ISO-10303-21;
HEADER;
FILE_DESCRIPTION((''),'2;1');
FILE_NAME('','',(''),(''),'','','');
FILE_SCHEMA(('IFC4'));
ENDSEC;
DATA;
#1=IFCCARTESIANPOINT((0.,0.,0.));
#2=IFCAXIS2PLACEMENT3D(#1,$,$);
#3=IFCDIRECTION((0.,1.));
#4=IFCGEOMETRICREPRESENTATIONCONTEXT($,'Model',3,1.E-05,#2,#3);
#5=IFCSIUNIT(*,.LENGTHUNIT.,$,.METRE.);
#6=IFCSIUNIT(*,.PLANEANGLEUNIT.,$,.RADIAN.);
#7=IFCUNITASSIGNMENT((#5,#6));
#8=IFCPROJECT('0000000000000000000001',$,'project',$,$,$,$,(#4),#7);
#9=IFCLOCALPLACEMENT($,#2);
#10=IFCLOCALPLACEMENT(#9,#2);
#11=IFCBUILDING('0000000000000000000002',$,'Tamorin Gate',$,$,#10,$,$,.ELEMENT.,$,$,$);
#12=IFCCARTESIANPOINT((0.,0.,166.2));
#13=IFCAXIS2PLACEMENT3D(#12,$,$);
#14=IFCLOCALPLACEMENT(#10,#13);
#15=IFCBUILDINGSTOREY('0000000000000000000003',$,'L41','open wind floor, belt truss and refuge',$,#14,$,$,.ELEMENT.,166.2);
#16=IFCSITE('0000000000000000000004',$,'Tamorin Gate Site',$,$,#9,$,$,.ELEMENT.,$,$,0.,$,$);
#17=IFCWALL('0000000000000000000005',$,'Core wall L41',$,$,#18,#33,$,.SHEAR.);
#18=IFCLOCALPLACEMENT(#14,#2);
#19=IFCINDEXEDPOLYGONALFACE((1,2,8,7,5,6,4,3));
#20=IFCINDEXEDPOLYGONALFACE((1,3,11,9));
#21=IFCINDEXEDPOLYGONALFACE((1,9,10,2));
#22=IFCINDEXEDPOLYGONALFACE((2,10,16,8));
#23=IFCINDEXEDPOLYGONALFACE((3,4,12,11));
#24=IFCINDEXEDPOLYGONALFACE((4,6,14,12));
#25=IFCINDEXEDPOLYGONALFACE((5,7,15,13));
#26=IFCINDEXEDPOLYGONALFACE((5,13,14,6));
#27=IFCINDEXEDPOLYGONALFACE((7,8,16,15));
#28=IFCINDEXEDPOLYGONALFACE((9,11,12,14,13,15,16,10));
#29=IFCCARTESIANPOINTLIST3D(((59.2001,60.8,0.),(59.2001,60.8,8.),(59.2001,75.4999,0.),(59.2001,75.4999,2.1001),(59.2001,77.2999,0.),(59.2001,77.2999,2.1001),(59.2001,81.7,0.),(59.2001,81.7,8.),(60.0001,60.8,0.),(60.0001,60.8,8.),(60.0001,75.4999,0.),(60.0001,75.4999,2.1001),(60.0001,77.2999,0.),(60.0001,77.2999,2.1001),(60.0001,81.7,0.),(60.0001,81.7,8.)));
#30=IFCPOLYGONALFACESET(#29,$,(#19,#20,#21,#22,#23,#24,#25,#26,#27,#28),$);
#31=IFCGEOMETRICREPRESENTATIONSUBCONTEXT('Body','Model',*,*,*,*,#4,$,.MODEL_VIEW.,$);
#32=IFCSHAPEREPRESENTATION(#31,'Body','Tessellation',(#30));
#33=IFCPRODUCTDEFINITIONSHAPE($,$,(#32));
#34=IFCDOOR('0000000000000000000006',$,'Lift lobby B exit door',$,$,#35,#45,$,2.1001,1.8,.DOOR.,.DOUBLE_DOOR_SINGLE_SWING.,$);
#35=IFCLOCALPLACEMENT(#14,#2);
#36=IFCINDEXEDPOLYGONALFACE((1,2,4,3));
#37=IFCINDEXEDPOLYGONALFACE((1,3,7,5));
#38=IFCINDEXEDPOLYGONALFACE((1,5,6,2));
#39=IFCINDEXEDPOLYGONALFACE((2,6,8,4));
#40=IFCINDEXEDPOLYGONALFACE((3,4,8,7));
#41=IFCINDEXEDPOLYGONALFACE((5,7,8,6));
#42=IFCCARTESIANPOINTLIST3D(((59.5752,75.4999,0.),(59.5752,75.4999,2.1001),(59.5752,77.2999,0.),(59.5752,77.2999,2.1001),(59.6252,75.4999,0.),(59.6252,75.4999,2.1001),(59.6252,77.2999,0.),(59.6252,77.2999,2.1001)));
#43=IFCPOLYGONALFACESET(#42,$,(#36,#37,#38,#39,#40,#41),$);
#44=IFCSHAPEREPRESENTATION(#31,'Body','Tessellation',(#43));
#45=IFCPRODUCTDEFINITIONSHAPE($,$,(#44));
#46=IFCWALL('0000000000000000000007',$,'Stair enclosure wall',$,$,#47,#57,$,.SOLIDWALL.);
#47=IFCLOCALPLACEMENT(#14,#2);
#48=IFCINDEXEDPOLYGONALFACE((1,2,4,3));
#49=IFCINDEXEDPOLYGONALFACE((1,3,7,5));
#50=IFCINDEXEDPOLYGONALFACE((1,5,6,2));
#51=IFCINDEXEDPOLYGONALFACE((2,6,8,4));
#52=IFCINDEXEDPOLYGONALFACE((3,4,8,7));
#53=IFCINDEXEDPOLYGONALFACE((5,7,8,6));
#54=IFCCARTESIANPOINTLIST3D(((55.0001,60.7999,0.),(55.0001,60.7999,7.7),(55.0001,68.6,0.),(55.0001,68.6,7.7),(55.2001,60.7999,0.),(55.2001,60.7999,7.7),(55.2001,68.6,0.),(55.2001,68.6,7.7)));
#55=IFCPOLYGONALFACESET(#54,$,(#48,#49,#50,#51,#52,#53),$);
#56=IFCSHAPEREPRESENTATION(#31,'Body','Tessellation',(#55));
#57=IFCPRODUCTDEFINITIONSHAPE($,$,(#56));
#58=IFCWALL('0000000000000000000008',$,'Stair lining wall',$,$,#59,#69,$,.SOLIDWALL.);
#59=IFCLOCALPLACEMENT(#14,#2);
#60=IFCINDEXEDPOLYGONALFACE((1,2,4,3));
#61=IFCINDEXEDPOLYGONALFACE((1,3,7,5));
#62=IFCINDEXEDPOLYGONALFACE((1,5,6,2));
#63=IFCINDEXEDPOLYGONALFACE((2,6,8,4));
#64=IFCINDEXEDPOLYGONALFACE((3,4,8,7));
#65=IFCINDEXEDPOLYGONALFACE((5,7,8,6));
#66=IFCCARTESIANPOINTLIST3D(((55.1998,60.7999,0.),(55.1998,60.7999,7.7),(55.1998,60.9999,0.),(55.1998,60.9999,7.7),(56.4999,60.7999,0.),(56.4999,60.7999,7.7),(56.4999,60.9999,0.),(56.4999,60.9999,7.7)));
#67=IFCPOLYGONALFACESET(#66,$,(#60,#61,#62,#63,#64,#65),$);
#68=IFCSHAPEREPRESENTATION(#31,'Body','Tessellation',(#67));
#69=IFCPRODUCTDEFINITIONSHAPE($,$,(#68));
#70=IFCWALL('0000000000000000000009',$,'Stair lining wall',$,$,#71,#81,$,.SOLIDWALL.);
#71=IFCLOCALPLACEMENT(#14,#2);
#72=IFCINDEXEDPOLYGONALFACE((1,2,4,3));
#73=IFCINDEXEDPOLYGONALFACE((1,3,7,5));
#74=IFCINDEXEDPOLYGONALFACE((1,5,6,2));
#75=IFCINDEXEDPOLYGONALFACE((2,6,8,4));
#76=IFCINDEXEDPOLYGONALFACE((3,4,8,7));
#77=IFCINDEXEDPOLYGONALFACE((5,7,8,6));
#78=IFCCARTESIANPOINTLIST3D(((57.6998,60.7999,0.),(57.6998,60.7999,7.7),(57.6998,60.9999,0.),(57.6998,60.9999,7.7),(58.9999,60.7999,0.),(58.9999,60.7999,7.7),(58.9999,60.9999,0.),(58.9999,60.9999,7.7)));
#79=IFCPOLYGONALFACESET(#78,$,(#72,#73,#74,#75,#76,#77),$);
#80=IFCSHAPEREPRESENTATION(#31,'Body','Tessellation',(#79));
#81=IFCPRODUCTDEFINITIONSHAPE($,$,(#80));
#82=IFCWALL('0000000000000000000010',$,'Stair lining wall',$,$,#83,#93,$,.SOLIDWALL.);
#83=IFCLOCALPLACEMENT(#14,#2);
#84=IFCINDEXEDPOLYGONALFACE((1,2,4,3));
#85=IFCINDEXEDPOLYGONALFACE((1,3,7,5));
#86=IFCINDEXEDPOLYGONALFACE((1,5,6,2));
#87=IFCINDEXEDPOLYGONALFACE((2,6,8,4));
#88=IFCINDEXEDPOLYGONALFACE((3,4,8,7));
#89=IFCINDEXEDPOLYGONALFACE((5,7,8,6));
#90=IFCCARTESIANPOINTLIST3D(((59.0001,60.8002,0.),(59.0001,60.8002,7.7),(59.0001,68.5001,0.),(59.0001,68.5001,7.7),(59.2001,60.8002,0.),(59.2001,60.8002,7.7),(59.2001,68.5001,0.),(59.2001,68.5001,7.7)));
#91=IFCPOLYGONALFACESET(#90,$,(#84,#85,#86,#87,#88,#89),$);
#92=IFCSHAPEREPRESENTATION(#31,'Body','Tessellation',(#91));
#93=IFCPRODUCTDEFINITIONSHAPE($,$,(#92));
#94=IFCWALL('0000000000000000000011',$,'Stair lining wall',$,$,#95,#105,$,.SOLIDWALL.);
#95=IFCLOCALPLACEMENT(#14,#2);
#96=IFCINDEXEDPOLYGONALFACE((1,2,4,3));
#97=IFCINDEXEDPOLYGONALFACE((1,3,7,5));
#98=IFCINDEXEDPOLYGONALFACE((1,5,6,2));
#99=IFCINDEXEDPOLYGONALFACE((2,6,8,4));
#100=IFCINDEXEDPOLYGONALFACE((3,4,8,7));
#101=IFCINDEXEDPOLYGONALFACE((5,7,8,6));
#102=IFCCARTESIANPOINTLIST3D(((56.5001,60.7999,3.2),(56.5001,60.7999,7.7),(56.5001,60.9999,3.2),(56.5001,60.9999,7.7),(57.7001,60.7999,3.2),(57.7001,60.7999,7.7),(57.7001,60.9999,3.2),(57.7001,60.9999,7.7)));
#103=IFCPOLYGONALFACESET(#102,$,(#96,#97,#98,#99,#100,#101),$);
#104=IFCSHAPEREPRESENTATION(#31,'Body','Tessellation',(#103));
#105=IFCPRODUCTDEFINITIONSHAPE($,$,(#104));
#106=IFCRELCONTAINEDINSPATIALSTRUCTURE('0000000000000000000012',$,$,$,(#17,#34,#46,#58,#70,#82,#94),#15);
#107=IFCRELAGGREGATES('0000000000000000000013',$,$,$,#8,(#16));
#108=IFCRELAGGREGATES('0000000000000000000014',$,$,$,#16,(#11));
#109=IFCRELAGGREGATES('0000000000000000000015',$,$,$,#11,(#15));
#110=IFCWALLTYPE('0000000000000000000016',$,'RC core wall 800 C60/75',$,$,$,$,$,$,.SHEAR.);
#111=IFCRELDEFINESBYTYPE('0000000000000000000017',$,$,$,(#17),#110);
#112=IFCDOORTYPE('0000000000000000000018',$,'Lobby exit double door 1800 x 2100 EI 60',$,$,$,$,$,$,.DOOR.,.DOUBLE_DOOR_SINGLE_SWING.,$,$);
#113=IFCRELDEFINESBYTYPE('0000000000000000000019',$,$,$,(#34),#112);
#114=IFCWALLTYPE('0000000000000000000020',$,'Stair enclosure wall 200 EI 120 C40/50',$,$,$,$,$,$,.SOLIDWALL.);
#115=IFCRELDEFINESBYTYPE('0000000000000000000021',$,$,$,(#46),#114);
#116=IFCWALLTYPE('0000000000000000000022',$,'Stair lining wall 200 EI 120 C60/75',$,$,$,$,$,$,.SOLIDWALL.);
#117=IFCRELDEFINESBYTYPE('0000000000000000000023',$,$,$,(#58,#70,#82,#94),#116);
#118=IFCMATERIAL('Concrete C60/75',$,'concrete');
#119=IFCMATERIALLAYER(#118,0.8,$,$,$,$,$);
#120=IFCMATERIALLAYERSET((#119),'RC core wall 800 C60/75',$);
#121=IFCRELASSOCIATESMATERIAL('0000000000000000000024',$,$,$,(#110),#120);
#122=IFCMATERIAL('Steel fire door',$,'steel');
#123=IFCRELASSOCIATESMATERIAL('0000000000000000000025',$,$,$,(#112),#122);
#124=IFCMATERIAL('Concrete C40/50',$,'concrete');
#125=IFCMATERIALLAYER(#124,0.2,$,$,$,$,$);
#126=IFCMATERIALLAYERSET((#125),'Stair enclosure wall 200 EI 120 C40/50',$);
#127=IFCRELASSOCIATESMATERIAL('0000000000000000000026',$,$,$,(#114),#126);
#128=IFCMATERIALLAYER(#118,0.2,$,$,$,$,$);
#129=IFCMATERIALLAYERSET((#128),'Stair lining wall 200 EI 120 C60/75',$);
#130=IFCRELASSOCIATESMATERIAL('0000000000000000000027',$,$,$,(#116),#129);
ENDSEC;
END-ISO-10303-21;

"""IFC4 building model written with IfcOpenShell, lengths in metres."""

from ifc_helpers import new_model, si_unit, direction, frame, frame_2d, origin, place, context, subcontext, project, spatial, rectangle, extrude, material, layer, layer_set, type_object, element, fill, save


model = new_model("IFC4")

# Units and contexts
model_context = context("Model", 3, precision=1e-05, world=origin(), true_north=direction((0.0, 1.0)))
body_context = subcontext(model_context, "Body", "Model", "MODEL_VIEW")
ifc_project = project(units=[si_unit("LENGTHUNIT", "METRE"), si_unit("PLANEANGLEUNIT", "RADIAN")], contexts=[model_context])

# Site, building, storey
site_placement = place(None, origin())
site = spatial("IfcSite", under=ifc_project, at=site_placement, Name="Tamorin Gate Site", CompositionType="ELEMENT", RefElevation=0.0)
building_placement = place(site_placement, origin())
building = spatial("IfcBuilding", under=site, at=building_placement, Name="Tamorin Gate", CompositionType="ELEMENT")
storey_placement = place(building_placement, frame((0.0, 0.0, 166.2)))
storey = spatial("IfcBuildingStorey", under=building, at=storey_placement, Name="L41", Description="open wind floor, belt truss and refuge", CompositionType="ELEMENT", Elevation=166.2)

# Shared definitions
ifc_material_1 = material(Name="Concrete C60/75", Category="concrete")

# Wall, opening, door
ifc_layer_1 = layer(ifc_material_1, 0.8)
ifc_layer_set_1 = layer_set([ifc_layer_1], Name="RC core wall 800 C60/75")
wall_type_1 = type_object("IfcWallType", Name="RC core wall 800 C60/75", PredefinedType="SHEAR", material=ifc_layer_set_1)
wall_1_placement = place(storey_placement, frame((59.6001, 60.8, 0.0), z_axis=(0.0, 0.0, 1.0), x_axis=(0.0, 1.0, 0.0)))
wall_1 = element("IfcWall", 1, at=wall_1_placement, inside=storey, type_object=wall_type_1, Name="Core wall L41", PredefinedType="SHEAR", context=body_context, shape_type="SweptSolid", body=[
    extrude(rectangle(XDim=20.8999, YDim=0.8, at=frame_2d((10.45, 0.0))), origin(), (0.0, 0.0, 1.0), 8.0),
])
opening_1_placement = place(wall_1_placement, frame((14.7, 0.0, 0.0)))
opening_1 = element("IfcOpeningElement", 2, at=opening_1_placement, cuts=wall_1, PredefinedType="OPENING", context=body_context, shape_type="SweptSolid", body=[
    extrude(rectangle(XDim=1.8, YDim=2.1001, at=frame_2d((0.8999, 1.05))), frame((0.0, 0.4099, 0.0), z_axis=(0.0, -1.0, 0.0), x_axis=(1.0, 0.0, 0.0)), (0.0, 0.0, 1.0), 0.8201),
])
ifc_material_2 = material(Name="Steel fire door", Category="steel")
door_type_1 = type_object("IfcDoorType", Name="Lobby exit double door 1800 x 2100 EI 60", OperationType="DOUBLE_DOOR_SINGLE_SWING", PredefinedType="DOOR", material=ifc_material_2)
door_1_placement = place(opening_1_placement, origin())
door_1 = element("IfcDoor", 3, at=door_1_placement, inside=storey, type_object=door_type_1, Name="Lift lobby B exit door", OperationType="DOUBLE_DOOR_SINGLE_SWING", OverallHeight=2.1001, OverallWidth=1.8, PredefinedType="DOOR", context=body_context, shape_type="SweptSolid", body=[
    extrude(rectangle(XDim=1.8, YDim=2.1001, at=frame_2d((0.8999, 1.05))), frame((0.0, 0.0249, 0.0), z_axis=(0.0, -1.0, 0.0), x_axis=(1.0, 0.0, 0.0)), (0.0, 0.0, 1.0), 0.05),
])
fill(opening_1, door_1)

# Walls
ifc_material_3 = material(Name="Concrete C40/50", Category="concrete")
ifc_layer_2 = layer(ifc_material_3, 0.2)
ifc_layer_set_2 = layer_set([ifc_layer_2], Name="Stair enclosure wall 200 EI 120 C40/50")
wall_type_2 = type_object("IfcWallType", Name="Stair enclosure wall 200 EI 120 C40/50", PredefinedType="SOLIDWALL", material=ifc_layer_set_2)
wall_2_placement = place(storey_placement, frame((55.1001, 60.8, 0.0), z_axis=(0.0, 0.0, 1.0), x_axis=(0.0, 1.0, 0.0)))
element("IfcWall", 4, at=wall_2_placement, inside=storey, type_object=wall_type_2, Name="Stair enclosure wall", PredefinedType="SOLIDWALL", context=body_context, shape_type="SweptSolid", body=[
    extrude(rectangle(XDim=7.8, YDim=0.2, at=frame_2d((3.8999, 0.0))), origin(), (0.0, 0.0, 1.0), 7.7),
])
ifc_layer_3 = layer(ifc_material_1, 0.2)
ifc_layer_set_3 = layer_set([ifc_layer_3], Name="Stair lining wall 200 EI 120 C60/75")
wall_type_3 = type_object("IfcWallType", Name="Stair lining wall 200 EI 120 C60/75", PredefinedType="SOLIDWALL", material=ifc_layer_set_3)
for number, where, z_axis, x_axis, name in (
    (5, (55.2, 60.8999, 0.0), (0.0, 0.0, 1.0), (1.0, 0.0, 0.0), "Stair lining wall"),
    (6, (57.7, 60.8999, 0.0), (0.0, 0.0, 1.0), (1.0, 0.0, 0.0), "Stair lining wall"),
):
    element("IfcWall", number, at=place(storey_placement, frame(where, z_axis=z_axis, x_axis=x_axis)), inside=storey, type_object=wall_type_3, Name=name, PredefinedType="SOLIDWALL", context=body_context, shape_type="SweptSolid", body=[
        extrude(rectangle(XDim=1.3, YDim=0.2, at=frame_2d((0.6499, 0.0))), origin(), (0.0, 0.0, 1.0), 7.7),
    ])
wall_3_placement = place(storey_placement, frame((59.1001, 60.8, 0.0), z_axis=(0.0, 0.0, 1.0), x_axis=(0.0, 1.0, 0.0)))
element("IfcWall", 7, at=wall_3_placement, inside=storey, type_object=wall_type_3, Name="Stair lining wall", PredefinedType="SOLIDWALL", context=body_context, shape_type="SweptSolid", body=[
    extrude(rectangle(XDim=7.7, YDim=0.2, at=frame_2d((3.8501, 0.0))), origin(), (0.0, 0.0, 1.0), 7.7),
])
wall_4_placement = place(storey_placement, frame((56.5, 60.8999, 3.2), z_axis=(0.0, 0.0, 1.0), x_axis=(1.0, 0.0, 0.0)))
element("IfcWall", 8, at=wall_4_placement, inside=storey, type_object=wall_type_3, Name="Stair lining wall", PredefinedType="SOLIDWALL", context=body_context, shape_type="SweptSolid", body=[
    extrude(rectangle(XDim=1.2, YDim=0.2, at=frame_2d((0.6001, 0.0))), origin(), (0.0, 0.0, 1.0), 4.5),
])

save(model, "model.ifc")
